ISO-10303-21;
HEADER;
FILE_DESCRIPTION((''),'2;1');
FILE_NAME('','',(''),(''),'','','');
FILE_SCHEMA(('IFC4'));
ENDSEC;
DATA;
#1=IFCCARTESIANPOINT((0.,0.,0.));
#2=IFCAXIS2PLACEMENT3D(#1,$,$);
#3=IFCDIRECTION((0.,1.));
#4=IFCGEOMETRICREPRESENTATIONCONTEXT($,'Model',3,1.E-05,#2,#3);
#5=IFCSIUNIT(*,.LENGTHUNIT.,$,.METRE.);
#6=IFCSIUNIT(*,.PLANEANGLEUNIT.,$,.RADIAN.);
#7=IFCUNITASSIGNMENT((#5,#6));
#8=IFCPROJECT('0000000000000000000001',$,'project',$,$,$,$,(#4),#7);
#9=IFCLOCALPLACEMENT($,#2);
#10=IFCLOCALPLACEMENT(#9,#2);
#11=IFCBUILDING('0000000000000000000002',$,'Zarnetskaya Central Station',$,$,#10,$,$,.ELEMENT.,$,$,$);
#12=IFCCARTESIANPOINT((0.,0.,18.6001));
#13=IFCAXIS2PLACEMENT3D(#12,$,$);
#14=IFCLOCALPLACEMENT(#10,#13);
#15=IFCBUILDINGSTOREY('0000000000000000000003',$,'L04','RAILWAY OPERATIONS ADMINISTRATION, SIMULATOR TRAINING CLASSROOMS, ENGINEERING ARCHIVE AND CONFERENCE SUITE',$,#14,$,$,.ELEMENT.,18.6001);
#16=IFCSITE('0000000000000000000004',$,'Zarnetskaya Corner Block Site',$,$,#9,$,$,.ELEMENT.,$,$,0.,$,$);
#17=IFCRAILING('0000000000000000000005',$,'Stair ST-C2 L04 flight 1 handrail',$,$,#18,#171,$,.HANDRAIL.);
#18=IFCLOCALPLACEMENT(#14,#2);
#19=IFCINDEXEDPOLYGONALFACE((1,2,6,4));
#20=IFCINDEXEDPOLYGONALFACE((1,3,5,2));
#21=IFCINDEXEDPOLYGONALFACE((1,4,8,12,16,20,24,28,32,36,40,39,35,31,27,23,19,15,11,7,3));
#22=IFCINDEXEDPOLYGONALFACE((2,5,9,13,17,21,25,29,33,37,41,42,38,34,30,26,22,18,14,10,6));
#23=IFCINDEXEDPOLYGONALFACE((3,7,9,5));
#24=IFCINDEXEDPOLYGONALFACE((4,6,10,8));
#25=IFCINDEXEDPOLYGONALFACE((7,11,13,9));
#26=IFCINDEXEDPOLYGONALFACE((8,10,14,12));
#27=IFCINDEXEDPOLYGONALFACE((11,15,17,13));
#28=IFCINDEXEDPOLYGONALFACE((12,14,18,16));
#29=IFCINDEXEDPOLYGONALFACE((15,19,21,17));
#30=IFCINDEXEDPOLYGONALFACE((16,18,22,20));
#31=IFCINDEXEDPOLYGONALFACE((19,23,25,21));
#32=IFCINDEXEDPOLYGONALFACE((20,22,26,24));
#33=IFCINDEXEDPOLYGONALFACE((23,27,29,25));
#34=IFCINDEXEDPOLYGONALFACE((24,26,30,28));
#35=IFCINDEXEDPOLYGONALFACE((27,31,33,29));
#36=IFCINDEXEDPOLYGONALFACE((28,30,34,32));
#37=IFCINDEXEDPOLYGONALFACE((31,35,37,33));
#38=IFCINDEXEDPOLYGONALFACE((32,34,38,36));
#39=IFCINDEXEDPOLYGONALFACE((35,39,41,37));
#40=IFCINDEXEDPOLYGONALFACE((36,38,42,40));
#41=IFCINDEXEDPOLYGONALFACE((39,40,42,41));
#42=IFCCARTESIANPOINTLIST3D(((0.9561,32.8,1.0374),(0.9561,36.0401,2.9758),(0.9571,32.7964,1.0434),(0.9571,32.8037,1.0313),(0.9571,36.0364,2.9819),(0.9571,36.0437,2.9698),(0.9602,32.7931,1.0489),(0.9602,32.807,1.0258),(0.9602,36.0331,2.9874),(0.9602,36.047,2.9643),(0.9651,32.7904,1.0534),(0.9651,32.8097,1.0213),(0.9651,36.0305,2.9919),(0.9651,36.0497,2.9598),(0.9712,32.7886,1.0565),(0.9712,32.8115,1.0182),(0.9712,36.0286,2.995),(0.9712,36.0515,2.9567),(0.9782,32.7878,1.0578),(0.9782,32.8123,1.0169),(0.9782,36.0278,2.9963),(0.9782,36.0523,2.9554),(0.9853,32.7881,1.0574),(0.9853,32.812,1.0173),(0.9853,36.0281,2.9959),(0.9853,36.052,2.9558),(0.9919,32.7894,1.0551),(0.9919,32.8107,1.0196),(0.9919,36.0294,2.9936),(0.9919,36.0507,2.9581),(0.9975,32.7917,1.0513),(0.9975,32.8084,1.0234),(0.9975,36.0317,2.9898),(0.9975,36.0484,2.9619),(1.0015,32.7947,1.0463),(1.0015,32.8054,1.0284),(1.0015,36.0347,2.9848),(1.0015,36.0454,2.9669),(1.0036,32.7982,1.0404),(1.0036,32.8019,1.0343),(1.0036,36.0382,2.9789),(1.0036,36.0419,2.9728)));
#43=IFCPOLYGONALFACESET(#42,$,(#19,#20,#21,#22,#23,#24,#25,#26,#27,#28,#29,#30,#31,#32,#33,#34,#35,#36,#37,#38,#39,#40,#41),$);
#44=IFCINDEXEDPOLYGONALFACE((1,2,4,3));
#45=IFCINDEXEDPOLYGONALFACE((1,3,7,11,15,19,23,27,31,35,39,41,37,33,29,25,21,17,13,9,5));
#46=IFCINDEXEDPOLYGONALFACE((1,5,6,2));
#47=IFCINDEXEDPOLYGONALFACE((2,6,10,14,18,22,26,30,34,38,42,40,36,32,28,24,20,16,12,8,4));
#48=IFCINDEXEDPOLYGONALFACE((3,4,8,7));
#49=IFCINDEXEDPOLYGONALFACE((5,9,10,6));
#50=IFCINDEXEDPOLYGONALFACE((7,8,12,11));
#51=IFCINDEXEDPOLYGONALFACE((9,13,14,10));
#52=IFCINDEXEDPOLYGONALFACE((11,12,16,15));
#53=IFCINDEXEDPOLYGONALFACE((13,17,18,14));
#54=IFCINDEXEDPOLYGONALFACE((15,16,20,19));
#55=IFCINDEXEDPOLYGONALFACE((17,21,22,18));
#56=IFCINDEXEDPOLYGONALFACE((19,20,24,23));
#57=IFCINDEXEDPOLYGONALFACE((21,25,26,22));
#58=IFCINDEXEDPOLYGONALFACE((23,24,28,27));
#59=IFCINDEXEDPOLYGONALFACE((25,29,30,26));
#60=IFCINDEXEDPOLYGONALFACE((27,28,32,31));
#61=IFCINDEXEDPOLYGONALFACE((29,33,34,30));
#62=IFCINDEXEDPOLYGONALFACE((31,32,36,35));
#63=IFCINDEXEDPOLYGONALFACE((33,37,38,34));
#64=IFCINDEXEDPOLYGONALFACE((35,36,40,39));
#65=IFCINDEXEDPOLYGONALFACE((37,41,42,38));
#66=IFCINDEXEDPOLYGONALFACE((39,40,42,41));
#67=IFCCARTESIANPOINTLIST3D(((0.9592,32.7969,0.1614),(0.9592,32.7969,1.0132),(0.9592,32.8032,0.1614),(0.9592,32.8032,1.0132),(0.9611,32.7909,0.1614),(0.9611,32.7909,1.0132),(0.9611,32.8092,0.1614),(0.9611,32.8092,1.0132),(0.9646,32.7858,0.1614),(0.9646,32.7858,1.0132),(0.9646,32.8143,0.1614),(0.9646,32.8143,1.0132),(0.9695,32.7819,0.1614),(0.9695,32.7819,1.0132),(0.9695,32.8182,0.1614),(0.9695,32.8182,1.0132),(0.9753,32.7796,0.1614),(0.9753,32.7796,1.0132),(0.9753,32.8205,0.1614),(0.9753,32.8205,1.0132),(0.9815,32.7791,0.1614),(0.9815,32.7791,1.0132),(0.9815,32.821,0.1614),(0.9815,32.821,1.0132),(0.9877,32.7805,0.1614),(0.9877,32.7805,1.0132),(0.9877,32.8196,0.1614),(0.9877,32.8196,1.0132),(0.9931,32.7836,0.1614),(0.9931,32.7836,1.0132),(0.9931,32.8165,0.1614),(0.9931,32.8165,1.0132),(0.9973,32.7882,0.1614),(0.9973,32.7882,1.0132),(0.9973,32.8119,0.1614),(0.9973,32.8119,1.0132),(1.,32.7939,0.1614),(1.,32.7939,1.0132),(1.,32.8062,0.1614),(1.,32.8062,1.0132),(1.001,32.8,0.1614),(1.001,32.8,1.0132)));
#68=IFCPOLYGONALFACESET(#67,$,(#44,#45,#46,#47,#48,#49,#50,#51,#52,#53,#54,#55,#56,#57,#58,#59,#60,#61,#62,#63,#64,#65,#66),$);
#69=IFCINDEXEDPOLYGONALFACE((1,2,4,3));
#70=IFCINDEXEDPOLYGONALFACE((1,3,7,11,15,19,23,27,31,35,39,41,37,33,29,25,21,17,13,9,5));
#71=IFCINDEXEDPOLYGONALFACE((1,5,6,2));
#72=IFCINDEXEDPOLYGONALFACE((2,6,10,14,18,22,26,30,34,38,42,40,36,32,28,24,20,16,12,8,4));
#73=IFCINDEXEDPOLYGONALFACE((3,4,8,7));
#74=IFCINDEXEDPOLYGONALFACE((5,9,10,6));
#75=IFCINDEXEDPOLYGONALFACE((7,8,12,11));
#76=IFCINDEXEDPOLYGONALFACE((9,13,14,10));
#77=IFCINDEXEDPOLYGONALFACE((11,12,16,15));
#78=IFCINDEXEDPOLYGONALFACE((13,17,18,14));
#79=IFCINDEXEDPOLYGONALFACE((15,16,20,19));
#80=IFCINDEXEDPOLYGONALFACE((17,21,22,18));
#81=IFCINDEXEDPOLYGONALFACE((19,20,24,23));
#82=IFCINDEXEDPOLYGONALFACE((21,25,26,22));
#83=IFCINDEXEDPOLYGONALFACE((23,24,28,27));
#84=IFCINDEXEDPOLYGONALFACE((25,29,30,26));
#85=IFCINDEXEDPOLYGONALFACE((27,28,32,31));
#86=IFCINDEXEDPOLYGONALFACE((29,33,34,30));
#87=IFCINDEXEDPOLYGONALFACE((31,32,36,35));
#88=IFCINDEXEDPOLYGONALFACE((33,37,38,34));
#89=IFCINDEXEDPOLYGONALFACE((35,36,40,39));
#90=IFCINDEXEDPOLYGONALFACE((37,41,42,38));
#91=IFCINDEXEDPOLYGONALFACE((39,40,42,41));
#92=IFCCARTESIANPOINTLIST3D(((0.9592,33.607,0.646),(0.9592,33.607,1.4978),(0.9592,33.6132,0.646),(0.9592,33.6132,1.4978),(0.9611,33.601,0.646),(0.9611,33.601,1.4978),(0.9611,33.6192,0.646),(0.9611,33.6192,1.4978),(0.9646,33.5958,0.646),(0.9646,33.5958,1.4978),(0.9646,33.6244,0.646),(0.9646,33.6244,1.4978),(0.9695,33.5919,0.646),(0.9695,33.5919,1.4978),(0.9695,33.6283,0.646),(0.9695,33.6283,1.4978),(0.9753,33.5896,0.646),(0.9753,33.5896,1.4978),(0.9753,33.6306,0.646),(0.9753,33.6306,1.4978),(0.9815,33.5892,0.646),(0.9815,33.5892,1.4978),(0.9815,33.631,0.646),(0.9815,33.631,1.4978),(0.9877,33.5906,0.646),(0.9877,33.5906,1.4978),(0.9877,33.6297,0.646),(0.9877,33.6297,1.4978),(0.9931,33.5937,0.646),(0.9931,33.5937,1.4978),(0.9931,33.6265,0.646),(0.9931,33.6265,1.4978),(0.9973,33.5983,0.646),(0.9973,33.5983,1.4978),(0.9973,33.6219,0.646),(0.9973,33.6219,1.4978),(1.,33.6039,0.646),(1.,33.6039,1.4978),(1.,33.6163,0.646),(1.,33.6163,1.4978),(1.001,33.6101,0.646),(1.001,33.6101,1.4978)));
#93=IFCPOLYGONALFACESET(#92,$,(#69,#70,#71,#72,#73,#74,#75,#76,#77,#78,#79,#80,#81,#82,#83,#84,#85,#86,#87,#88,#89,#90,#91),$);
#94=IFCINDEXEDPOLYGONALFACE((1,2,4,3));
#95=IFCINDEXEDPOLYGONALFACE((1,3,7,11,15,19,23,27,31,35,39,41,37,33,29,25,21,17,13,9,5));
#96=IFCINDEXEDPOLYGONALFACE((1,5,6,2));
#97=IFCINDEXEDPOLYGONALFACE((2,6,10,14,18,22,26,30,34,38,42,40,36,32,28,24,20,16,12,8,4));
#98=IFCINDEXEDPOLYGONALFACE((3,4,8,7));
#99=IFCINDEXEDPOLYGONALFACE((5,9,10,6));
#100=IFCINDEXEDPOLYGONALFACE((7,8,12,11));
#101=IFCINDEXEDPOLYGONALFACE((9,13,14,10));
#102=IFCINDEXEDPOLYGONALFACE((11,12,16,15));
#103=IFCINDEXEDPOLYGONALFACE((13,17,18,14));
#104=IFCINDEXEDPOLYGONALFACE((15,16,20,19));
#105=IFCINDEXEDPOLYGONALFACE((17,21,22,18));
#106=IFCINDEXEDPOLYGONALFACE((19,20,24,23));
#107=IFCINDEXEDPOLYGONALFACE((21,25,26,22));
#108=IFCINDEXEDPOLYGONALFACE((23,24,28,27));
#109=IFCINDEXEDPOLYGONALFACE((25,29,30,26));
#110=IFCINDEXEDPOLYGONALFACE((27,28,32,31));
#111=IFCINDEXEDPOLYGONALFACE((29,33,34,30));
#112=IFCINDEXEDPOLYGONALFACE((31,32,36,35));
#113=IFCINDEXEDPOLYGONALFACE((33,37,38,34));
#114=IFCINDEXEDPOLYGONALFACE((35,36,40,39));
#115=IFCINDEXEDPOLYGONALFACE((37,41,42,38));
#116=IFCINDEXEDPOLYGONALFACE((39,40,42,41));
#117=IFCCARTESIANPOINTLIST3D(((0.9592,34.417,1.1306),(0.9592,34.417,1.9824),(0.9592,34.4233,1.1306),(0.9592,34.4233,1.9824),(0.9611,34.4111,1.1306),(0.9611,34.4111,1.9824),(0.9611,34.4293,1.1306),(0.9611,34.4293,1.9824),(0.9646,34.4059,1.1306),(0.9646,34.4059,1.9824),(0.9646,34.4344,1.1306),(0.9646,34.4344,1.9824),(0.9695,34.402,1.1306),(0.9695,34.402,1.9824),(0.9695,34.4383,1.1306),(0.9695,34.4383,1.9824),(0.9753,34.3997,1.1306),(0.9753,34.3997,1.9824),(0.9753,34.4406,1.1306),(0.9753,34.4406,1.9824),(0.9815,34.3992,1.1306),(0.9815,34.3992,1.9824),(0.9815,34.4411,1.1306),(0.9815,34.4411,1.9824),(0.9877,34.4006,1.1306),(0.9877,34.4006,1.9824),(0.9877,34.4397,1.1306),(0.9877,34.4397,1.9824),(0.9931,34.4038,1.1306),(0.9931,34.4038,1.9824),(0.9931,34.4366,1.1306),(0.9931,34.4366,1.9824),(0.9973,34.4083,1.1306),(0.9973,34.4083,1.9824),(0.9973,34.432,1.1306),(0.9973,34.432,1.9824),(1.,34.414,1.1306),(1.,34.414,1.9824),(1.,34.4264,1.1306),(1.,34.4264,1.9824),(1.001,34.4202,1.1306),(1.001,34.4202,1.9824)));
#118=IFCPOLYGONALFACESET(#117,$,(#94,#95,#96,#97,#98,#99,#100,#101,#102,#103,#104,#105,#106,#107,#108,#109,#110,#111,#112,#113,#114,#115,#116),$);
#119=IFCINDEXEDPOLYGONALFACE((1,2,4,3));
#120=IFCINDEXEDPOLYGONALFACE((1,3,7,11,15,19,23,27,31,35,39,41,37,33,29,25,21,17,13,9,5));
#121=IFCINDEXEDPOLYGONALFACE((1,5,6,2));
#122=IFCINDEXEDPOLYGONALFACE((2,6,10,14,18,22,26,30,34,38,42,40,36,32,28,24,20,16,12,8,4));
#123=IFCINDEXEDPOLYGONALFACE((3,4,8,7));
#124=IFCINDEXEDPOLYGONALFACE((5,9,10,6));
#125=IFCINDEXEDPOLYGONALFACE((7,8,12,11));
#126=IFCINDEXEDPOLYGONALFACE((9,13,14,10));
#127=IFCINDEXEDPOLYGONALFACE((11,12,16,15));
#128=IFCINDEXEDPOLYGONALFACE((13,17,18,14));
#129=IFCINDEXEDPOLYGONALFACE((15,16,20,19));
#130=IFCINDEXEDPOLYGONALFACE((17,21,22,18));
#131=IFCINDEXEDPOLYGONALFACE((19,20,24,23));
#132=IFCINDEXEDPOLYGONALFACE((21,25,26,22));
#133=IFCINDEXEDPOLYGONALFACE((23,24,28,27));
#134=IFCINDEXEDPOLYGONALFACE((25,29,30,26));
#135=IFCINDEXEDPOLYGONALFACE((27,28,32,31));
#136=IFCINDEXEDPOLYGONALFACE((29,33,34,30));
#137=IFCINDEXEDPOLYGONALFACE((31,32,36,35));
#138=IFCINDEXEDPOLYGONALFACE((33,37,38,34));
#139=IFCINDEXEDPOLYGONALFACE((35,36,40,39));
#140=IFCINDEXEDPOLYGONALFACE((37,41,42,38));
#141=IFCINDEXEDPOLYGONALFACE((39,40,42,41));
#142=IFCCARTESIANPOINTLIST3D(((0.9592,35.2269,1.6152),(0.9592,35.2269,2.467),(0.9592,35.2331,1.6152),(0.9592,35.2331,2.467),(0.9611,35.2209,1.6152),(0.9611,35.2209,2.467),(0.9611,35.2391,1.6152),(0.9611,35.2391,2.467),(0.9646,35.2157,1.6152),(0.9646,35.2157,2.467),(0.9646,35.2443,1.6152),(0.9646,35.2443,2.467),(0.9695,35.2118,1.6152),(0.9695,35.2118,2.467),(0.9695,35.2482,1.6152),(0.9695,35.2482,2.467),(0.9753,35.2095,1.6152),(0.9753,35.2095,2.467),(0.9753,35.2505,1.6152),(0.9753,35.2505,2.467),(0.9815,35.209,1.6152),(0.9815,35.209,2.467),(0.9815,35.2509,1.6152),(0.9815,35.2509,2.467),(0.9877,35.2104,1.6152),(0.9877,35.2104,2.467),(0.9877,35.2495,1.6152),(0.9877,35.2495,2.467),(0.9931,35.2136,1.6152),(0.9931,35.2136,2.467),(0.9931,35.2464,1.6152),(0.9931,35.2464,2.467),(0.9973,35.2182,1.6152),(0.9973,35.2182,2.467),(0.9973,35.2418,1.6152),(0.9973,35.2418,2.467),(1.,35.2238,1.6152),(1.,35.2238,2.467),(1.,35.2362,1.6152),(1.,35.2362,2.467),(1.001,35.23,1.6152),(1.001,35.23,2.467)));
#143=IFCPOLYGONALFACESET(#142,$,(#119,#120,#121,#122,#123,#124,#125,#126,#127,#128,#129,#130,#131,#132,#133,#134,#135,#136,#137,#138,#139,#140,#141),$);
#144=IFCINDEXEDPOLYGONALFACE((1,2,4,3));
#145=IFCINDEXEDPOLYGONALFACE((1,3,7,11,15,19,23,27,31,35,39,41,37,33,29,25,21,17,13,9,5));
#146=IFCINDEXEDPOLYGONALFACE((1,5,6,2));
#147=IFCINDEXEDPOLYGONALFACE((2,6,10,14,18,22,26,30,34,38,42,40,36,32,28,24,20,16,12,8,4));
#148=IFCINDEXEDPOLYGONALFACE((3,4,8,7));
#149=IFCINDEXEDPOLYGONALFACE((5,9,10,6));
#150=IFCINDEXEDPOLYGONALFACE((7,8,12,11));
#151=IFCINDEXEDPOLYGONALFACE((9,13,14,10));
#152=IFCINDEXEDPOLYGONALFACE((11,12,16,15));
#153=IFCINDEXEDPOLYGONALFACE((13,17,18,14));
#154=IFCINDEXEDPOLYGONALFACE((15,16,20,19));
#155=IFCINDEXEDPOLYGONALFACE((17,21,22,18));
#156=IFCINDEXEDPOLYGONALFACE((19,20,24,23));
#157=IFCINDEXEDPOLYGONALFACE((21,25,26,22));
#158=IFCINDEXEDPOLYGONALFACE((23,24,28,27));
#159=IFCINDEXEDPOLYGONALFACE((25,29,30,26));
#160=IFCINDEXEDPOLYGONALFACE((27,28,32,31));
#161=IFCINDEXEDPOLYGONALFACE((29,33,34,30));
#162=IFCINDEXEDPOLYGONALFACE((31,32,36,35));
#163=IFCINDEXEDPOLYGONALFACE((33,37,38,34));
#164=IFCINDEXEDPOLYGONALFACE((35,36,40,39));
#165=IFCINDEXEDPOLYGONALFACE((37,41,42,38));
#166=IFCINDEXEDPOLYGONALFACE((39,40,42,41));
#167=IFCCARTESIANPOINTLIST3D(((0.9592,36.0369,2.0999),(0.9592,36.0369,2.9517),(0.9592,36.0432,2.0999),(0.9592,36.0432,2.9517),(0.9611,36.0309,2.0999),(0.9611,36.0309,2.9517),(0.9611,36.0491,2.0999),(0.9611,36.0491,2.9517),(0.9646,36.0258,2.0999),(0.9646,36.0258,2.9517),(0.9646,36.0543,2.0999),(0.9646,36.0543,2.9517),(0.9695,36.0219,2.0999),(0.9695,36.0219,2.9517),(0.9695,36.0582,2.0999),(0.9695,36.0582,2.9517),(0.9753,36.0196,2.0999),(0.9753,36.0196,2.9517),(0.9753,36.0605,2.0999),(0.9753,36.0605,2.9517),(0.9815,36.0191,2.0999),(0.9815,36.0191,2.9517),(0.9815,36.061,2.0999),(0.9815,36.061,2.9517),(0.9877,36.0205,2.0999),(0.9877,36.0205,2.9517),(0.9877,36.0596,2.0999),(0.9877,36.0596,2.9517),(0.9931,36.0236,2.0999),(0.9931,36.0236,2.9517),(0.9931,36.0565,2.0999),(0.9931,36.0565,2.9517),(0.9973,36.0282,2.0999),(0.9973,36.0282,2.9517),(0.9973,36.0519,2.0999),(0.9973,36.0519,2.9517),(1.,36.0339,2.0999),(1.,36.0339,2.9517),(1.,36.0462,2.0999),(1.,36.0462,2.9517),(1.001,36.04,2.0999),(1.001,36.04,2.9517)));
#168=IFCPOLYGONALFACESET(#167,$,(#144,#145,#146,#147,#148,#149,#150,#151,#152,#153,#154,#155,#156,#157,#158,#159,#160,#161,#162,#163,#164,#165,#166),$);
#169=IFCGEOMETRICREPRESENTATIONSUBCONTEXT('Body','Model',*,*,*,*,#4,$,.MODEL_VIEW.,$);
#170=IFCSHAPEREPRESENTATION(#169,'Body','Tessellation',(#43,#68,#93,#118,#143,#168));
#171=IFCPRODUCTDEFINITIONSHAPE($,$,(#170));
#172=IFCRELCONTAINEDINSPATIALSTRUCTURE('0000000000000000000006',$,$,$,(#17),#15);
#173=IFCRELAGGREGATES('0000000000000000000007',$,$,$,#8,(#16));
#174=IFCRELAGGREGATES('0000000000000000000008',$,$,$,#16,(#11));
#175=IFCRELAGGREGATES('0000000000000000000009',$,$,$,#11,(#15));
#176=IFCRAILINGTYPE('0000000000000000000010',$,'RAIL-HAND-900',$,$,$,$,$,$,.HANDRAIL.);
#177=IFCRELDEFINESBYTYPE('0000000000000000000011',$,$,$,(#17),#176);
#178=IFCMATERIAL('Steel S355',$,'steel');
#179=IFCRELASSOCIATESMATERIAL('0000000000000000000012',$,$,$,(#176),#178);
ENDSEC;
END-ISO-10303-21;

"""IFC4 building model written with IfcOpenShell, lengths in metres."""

from ifc_helpers import new_model, si_unit, direction, frame, origin, origin_2d, place, context, subcontext, project, spatial, circle, extrude, material, type_object, element, save


model = new_model("IFC4")

# Units and contexts
model_context = context("Model", 3, precision=1e-05, world=origin(), true_north=direction((0.0, 1.0)))
body_context = subcontext(model_context, "Body", "Model", "MODEL_VIEW")
ifc_project = project(units=[si_unit("LENGTHUNIT", "METRE"), si_unit("PLANEANGLEUNIT", "RADIAN")], contexts=[model_context])

# Site, building, storey
site_placement = place(None, origin())
site = spatial("IfcSite", under=ifc_project, at=site_placement, Name="Zarnetskaya Corner Block Site", CompositionType="ELEMENT", RefElevation=0.0)
building_placement = place(site_placement, origin())
building = spatial("IfcBuilding", under=site, at=building_placement, Name="Zarnetskaya Central Station", CompositionType="ELEMENT")
storey_placement = place(building_placement, frame((0.0, 0.0, 18.6001)))
storey = spatial("IfcBuildingStorey", under=building, at=storey_placement, Name="L04", Description="RAILWAY OPERATIONS ADMINISTRATION, SIMULATOR TRAINING CLASSROOMS, ENGINEERING ARCHIVE AND CONFERENCE SUITE", CompositionType="ELEMENT", Elevation=18.6001)

# Railing
ifc_material_1 = material(Name="Steel S355", Category="steel")
railing_type_1 = type_object("IfcRailingType", Name="RAIL-HAND-900", PredefinedType="HANDRAIL", material=ifc_material_1)
railing_1_placement = place(storey_placement, frame((0.98, 32.8, 0.1614)))
element("IfcRailing", 1, at=railing_1_placement, inside=storey, type_object=railing_type_1, Name="Stair ST-C2 L04 flight 1 handrail", PredefinedType="HANDRAIL", context=body_context, shape_type="SweptSolid", body=[
    extrude(circle(Radius=0.0239, at=origin_2d()), frame((0.0, 0.0, 0.876), z_axis=(0.0, 0.858137, 0.513421), x_axis=(-1.0, 0.0, 0.0)), (0.0, 0.0, 1.0), 3.7756),
    extrude(circle(Radius=0.021, at=origin_2d()), origin(), (0.0, 0.0, 1.0), 0.8518),
    extrude(circle(Radius=0.021, at=origin_2d()), frame((0.0, 0.8101, 0.4846)), (0.0, 0.0, 1.0), 0.8518),
    extrude(circle(Radius=0.021, at=origin_2d()), frame((0.0, 1.6201, 0.9692)), (0.0, 0.0, 1.0), 0.8518),
    extrude(circle(Radius=0.021, at=origin_2d()), frame((0.0, 2.4299, 1.4539)), (0.0, 0.0, 1.0), 0.8518),
    extrude(circle(Radius=0.021, at=origin_2d()), frame((0.0, 3.24, 1.9385)), (0.0, 0.0, 1.0), 0.8518),
])

save(model, "model.ifc")
